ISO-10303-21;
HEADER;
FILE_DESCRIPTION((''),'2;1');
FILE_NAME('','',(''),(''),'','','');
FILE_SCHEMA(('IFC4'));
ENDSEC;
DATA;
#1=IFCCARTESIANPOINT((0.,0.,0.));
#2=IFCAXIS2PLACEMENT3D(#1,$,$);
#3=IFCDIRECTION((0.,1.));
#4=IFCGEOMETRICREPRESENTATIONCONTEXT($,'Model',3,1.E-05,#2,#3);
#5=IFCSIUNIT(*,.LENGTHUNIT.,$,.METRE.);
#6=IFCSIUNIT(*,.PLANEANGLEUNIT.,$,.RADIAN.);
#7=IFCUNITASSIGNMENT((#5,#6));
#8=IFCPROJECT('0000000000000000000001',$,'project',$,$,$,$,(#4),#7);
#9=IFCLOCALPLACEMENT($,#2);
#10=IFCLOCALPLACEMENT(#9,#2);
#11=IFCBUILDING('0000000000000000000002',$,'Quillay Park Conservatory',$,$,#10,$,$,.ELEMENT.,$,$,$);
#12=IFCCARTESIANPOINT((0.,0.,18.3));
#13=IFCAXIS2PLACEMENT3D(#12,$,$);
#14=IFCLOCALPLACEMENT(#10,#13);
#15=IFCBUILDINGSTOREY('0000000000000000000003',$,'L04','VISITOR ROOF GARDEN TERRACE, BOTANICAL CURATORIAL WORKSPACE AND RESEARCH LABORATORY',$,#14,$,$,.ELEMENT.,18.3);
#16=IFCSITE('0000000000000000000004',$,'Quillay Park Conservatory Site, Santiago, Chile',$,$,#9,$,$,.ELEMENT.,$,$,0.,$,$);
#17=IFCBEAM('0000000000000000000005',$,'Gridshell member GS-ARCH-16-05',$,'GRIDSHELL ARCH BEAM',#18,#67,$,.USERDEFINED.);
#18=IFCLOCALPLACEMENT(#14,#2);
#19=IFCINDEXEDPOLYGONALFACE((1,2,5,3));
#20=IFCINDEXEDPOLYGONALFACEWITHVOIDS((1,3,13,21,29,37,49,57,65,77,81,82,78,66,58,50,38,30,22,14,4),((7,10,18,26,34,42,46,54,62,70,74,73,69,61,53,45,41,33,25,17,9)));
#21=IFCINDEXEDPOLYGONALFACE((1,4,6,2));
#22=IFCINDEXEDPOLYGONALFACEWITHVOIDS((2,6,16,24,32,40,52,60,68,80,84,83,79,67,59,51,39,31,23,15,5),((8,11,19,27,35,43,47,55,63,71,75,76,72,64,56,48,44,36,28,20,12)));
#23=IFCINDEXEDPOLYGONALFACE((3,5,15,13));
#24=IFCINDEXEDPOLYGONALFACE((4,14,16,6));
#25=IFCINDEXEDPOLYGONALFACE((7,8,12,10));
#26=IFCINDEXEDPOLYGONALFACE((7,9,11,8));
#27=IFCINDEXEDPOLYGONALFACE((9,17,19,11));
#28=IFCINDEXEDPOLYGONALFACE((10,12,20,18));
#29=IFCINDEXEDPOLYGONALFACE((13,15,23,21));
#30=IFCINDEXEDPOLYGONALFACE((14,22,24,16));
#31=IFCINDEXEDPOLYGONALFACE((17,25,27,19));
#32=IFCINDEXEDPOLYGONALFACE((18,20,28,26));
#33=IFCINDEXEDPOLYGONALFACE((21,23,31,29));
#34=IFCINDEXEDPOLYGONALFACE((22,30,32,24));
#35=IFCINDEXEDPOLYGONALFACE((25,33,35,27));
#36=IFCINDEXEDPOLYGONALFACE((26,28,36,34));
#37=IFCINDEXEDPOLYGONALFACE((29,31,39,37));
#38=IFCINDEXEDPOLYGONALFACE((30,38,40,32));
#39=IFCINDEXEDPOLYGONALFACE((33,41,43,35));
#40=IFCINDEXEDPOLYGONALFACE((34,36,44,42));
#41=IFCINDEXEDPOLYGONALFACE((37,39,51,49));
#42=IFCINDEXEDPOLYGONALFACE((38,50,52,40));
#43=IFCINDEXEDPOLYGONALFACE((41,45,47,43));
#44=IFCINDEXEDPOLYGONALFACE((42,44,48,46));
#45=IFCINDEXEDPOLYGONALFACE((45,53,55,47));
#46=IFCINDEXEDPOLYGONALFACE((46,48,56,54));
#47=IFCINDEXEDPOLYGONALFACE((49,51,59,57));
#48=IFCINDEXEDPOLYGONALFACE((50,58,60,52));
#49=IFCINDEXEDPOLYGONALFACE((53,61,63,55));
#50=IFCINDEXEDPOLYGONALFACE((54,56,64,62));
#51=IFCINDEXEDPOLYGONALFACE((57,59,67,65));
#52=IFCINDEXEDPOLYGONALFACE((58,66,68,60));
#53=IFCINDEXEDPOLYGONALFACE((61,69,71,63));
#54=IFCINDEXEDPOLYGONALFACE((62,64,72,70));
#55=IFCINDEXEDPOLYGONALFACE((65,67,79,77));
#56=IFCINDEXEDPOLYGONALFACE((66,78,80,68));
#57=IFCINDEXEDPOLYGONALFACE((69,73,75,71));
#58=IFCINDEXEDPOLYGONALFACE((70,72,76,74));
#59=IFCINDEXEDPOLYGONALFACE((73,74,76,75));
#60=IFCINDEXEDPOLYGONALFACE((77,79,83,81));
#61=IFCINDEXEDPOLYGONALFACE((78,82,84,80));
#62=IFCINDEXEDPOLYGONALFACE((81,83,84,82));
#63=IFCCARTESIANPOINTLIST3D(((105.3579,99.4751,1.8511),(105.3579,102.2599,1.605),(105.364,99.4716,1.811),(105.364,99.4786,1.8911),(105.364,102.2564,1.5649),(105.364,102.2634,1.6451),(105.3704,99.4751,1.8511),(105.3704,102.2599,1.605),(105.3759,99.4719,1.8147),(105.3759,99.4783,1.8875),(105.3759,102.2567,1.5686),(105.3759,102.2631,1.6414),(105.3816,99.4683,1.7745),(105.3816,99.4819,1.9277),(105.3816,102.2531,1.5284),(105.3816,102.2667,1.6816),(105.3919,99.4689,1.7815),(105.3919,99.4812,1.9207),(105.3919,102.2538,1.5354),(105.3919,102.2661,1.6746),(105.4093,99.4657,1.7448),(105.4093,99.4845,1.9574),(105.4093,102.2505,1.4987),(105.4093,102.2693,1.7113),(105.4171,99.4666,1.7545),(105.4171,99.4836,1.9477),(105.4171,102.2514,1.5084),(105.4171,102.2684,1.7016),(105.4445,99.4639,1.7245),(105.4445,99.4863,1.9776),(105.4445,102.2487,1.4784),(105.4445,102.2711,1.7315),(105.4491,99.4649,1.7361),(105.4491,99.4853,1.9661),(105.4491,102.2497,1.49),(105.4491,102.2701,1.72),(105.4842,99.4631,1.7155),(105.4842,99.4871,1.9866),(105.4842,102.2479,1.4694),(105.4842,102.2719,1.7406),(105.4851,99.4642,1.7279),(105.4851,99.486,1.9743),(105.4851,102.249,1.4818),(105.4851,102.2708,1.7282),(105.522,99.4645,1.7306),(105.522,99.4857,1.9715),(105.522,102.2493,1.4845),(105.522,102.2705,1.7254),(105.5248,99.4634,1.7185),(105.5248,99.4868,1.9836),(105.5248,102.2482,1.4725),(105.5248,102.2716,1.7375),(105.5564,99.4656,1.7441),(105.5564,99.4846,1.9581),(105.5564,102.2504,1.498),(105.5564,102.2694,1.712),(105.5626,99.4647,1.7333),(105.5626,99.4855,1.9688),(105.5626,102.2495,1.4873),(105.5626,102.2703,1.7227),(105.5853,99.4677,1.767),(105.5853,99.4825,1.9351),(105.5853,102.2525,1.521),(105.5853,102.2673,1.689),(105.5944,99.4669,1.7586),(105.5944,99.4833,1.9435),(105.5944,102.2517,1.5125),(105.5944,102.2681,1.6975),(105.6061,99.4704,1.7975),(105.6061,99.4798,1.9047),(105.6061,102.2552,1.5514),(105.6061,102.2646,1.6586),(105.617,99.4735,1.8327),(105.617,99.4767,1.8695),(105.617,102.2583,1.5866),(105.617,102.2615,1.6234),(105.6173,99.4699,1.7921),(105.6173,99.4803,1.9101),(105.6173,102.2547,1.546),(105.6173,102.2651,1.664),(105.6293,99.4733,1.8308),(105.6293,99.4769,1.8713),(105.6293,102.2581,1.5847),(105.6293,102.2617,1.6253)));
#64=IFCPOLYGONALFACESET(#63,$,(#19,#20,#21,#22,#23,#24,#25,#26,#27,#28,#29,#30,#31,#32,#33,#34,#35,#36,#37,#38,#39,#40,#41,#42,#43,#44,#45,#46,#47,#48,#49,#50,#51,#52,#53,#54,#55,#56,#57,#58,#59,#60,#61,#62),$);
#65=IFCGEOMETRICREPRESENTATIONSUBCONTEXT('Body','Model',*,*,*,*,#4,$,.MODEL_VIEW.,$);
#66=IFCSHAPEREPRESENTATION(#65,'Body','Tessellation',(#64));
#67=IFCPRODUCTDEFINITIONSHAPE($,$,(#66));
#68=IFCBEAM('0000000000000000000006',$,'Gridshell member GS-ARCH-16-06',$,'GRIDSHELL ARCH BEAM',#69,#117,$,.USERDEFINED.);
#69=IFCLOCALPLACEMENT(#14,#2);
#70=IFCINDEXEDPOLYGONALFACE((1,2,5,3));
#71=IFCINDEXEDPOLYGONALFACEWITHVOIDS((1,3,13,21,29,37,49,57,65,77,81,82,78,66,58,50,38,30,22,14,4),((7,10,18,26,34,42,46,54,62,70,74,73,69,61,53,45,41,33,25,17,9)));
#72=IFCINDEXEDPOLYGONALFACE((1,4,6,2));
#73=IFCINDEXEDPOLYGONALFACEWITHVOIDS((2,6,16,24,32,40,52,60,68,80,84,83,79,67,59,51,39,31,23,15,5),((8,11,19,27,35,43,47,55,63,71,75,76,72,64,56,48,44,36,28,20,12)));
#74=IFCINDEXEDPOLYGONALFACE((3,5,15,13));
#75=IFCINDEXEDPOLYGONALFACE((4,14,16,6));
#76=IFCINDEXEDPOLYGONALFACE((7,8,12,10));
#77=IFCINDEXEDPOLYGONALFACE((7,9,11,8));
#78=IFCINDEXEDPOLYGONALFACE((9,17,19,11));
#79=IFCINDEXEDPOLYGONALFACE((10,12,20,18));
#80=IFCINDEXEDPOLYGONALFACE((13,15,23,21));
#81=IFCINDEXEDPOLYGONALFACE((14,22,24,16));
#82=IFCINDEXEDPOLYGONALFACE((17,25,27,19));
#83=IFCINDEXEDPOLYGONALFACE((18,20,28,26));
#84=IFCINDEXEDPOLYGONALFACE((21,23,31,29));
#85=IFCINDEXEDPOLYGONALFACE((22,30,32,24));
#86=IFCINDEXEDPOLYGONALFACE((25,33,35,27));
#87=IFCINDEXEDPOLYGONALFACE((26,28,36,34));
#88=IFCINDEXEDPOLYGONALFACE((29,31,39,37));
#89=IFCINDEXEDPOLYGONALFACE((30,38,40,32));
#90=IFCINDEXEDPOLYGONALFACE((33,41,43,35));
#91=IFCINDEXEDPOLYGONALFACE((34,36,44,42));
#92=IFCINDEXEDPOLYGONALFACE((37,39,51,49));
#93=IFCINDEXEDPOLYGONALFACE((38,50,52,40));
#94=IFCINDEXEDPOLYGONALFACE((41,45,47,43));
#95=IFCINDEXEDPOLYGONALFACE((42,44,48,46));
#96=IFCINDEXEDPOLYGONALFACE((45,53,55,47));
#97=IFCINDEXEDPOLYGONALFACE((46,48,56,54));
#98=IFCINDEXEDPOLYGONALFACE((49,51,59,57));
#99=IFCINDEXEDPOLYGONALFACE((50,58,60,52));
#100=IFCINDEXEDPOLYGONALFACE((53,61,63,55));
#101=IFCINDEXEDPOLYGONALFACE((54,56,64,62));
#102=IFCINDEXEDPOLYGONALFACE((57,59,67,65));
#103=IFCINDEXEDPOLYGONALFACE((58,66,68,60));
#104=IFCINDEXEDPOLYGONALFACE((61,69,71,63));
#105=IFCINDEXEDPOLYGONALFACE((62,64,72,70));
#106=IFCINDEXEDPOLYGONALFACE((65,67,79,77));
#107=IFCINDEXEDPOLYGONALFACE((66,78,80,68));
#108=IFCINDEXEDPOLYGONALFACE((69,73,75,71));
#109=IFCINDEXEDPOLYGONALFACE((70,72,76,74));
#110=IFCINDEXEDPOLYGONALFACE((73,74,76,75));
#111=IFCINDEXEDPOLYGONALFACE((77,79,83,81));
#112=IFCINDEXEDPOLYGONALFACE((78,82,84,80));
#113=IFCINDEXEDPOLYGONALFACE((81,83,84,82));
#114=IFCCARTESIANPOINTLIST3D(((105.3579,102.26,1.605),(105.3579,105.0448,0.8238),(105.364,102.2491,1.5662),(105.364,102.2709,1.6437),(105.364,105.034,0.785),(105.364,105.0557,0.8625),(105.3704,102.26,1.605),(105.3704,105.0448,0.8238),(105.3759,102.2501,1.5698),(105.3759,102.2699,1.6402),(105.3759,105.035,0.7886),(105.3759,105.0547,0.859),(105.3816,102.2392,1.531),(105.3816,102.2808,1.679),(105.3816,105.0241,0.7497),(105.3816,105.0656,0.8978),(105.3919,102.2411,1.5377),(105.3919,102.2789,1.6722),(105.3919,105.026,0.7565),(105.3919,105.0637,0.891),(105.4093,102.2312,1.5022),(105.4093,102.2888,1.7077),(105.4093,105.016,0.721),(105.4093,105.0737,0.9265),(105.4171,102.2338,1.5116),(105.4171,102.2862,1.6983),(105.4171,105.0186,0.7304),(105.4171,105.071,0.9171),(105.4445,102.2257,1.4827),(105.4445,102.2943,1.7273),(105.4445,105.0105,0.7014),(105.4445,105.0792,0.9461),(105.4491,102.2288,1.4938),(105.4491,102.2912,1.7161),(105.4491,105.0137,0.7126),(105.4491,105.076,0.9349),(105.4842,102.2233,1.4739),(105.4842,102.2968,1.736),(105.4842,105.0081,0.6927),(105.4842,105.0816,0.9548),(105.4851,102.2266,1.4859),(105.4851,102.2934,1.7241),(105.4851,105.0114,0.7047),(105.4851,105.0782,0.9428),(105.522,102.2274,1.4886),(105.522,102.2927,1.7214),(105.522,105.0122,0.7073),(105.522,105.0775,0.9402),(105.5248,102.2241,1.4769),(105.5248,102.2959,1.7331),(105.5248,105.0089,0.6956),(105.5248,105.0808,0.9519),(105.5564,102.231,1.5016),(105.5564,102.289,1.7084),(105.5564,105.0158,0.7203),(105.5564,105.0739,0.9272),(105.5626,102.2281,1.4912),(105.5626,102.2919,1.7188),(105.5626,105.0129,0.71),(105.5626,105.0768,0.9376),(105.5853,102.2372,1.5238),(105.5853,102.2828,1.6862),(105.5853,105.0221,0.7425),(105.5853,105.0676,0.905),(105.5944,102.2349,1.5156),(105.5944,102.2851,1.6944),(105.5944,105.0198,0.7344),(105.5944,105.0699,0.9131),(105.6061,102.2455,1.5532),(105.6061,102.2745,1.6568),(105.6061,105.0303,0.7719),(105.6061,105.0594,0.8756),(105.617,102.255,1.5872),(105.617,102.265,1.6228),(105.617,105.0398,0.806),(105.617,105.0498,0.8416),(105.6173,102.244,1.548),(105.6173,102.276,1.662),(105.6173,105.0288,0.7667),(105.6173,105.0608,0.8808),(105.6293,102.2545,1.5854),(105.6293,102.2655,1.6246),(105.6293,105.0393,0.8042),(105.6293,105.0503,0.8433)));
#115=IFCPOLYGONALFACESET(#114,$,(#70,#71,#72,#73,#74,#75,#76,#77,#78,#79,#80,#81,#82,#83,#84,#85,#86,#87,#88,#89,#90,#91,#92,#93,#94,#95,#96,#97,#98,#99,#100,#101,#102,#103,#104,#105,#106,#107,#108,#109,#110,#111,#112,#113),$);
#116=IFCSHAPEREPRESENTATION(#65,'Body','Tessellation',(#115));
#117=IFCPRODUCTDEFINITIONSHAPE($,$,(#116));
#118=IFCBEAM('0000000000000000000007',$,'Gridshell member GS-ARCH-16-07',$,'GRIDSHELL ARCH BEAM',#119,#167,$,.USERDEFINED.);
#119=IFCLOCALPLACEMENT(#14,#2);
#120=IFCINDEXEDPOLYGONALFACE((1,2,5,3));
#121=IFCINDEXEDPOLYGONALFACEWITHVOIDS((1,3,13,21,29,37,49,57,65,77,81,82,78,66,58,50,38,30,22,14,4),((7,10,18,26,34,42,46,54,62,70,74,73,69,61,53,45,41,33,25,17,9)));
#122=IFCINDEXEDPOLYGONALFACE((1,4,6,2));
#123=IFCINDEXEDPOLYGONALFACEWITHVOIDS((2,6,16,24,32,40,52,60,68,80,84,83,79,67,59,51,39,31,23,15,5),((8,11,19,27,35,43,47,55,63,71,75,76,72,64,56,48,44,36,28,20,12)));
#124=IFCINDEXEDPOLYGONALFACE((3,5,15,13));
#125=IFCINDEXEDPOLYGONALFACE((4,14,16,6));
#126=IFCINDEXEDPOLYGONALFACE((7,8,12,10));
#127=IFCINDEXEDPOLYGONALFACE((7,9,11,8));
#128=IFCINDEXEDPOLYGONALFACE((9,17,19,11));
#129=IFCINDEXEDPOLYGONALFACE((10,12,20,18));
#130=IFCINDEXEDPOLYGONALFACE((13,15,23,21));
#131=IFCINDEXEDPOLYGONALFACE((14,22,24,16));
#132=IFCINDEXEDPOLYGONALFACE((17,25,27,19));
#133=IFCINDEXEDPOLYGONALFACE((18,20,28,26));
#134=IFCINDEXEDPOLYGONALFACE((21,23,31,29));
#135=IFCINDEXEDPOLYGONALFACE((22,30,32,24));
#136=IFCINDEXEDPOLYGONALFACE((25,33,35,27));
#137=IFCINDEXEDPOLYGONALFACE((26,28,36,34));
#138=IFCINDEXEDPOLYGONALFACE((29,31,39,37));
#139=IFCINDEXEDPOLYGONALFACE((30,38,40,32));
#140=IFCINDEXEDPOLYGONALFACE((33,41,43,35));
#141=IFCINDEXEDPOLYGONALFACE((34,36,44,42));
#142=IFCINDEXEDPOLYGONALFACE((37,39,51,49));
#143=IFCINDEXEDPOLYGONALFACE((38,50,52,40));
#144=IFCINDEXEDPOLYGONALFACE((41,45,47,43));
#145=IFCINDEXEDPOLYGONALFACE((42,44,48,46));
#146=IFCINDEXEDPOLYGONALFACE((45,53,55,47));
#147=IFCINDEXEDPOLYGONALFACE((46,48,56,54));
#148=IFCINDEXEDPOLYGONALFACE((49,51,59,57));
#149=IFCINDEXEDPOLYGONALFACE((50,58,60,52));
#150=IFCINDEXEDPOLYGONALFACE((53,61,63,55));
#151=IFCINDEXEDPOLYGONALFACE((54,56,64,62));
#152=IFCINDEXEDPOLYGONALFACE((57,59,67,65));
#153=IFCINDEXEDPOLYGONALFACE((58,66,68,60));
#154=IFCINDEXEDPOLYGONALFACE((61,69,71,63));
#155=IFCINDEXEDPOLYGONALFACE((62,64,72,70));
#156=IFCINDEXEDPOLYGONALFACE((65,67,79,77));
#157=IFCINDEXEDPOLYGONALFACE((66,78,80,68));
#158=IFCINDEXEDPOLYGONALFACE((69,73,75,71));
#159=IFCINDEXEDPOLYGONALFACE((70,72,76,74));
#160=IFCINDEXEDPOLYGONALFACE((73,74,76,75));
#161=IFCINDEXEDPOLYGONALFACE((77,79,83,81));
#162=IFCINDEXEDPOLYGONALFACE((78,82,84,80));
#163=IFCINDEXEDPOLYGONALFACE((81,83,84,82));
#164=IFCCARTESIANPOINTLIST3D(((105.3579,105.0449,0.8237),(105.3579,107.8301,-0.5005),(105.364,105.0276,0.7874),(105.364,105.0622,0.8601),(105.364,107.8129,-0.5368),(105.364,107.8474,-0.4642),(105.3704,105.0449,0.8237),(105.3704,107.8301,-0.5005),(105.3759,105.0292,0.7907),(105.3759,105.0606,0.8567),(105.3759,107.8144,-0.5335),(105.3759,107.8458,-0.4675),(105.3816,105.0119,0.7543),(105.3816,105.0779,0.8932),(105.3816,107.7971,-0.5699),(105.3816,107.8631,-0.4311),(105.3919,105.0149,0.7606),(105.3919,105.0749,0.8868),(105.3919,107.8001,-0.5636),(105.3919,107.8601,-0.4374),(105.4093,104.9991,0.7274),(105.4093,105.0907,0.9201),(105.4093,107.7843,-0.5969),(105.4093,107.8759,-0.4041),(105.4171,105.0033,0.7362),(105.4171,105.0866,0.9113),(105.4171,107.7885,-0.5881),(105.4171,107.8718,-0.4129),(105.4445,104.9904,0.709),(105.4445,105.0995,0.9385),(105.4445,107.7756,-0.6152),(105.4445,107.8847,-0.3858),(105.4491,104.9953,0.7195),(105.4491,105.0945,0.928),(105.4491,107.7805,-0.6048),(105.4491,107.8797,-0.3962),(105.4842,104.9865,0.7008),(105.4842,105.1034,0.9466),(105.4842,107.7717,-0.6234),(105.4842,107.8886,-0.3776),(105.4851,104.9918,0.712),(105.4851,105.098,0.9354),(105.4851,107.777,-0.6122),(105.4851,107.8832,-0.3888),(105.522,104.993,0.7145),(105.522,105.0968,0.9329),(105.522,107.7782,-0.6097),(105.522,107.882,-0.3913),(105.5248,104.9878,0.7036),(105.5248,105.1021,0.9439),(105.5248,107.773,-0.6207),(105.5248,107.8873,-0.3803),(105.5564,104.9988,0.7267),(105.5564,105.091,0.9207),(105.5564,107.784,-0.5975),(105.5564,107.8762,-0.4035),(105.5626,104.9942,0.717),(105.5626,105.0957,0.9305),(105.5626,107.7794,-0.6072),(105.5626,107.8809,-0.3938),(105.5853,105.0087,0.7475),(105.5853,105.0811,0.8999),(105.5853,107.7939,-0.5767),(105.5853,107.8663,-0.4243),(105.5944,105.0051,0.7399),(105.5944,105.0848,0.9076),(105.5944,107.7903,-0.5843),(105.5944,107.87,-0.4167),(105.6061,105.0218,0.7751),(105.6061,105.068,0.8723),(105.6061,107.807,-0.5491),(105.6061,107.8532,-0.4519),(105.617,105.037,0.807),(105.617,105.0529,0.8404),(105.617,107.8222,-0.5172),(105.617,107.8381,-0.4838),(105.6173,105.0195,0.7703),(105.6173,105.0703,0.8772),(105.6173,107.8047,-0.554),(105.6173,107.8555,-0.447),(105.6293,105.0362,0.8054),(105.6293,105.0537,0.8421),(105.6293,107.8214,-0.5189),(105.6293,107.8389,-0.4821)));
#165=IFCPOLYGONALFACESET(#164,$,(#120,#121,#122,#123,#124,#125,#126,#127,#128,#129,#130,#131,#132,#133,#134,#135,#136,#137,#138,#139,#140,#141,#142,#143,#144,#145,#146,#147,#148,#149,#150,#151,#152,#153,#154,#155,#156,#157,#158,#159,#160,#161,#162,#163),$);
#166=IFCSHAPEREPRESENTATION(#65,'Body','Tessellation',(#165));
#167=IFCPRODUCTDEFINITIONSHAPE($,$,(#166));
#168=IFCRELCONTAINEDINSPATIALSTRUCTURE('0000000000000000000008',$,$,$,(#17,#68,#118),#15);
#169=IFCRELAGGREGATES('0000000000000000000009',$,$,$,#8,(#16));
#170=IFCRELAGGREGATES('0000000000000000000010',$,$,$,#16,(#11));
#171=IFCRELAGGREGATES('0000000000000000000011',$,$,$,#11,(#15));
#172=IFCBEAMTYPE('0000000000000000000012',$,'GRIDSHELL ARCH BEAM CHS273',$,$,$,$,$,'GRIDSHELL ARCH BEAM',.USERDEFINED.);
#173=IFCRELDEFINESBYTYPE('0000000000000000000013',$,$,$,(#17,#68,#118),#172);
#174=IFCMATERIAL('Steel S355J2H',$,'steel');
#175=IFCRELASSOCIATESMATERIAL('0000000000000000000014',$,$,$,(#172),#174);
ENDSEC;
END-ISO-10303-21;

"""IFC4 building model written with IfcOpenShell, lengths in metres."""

from ifc_helpers import new_model, si_unit, direction, frame, origin, origin_2d, place, context, subcontext, project, spatial, hollow_circle, extrude, material, material_profile, profile_set, type_object, element, save


model = new_model("IFC4")

# Units and contexts
model_context = context("Model", 3, precision=1e-05, world=origin(), true_north=direction((0.0, 1.0)))
body_context = subcontext(model_context, "Body", "Model", "MODEL_VIEW")
ifc_project = project(units=[si_unit("LENGTHUNIT", "METRE"), si_unit("PLANEANGLEUNIT", "RADIAN")], contexts=[model_context])

# Site, building, storey
site_placement = place(None, origin())
site = spatial("IfcSite", under=ifc_project, at=site_placement, Name="Quillay Park Conservatory Site, Santiago, Chile", CompositionType="ELEMENT", RefElevation=0.0)
building_placement = place(site_placement, origin())
building = spatial("IfcBuilding", under=site, at=building_placement, Name="Quillay Park Conservatory", CompositionType="ELEMENT")
storey_placement = place(building_placement, frame((0.0, 0.0, 18.3)))
storey = spatial("IfcBuildingStorey", under=building, at=storey_placement, Name="L04", Description="VISITOR ROOF GARDEN TERRACE, BOTANICAL CURATORIAL WORKSPACE AND RESEARCH LABORATORY", CompositionType="ELEMENT", Elevation=18.3)

# Beams
ifc_material_1 = material(Name="Steel S355J2H", Category="steel")
ifc_material_profile_1 = material_profile(ifc_material_1, hollow_circle(Radius=0.1365, WallThickness=0.0125, at=origin_2d()), Name="CHS273x12.5")
ifc_profile_set_1 = profile_set([ifc_material_profile_1], Name="Steel S355J2H")
beam_type = type_object("IfcBeamType", Name="GRIDSHELL ARCH BEAM CHS273", ElementType="GRIDSHELL ARCH BEAM", PredefinedType="USERDEFINED", material=ifc_profile_set_1)
beam_1_placement = place(storey_placement, frame((105.4944, 99.4751, 1.8511), z_axis=(0.0, 0.996118, -0.088024), x_axis=(-1.0, 0.0, 0.0)))
element("IfcBeam", 1, at=beam_1_placement, inside=storey, type_object=beam_type, Name="Gridshell member GS-ARCH-16-05", ObjectType="GRIDSHELL ARCH BEAM", PredefinedType="USERDEFINED", context=body_context, shape_type="SweptSolid", body=[
    extrude(hollow_circle(Radius=0.1365, WallThickness=0.0125, at=origin_2d()), origin(), (0.0, 0.0, 1.0), 2.7957),
])
beam_2_placement = place(storey_placement, frame((105.4944, 102.26, 1.605), z_axis=(0.0, 0.962832, -0.270103), x_axis=(-1.0, 0.0, 0.0)))
element("IfcBeam", 2, at=beam_2_placement, inside=storey, type_object=beam_type, Name="Gridshell member GS-ARCH-16-06", ObjectType="GRIDSHELL ARCH BEAM", PredefinedType="USERDEFINED", context=body_context, shape_type="SweptSolid", body=[
    extrude(hollow_circle(Radius=0.1365, WallThickness=0.0125, at=origin_2d()), origin(), (0.0, 0.0, 1.0), 2.8923),
])
beam_3_placement = place(storey_placement, frame((105.4944, 105.0449, 0.8237), z_axis=(0.0, 0.903118, -0.429393), x_axis=(-1.0, 0.0, 0.0)))
element("IfcBeam", 3, at=beam_3_placement, inside=storey, type_object=beam_type, Name="Gridshell member GS-ARCH-16-07", ObjectType="GRIDSHELL ARCH BEAM", PredefinedType="USERDEFINED", context=body_context, shape_type="SweptSolid", body=[
    extrude(hollow_circle(Radius=0.1365, WallThickness=0.0125, at=origin_2d()), origin(), (0.0, 0.0, 1.0), 3.084),
])

save(model, "model.ifc")
